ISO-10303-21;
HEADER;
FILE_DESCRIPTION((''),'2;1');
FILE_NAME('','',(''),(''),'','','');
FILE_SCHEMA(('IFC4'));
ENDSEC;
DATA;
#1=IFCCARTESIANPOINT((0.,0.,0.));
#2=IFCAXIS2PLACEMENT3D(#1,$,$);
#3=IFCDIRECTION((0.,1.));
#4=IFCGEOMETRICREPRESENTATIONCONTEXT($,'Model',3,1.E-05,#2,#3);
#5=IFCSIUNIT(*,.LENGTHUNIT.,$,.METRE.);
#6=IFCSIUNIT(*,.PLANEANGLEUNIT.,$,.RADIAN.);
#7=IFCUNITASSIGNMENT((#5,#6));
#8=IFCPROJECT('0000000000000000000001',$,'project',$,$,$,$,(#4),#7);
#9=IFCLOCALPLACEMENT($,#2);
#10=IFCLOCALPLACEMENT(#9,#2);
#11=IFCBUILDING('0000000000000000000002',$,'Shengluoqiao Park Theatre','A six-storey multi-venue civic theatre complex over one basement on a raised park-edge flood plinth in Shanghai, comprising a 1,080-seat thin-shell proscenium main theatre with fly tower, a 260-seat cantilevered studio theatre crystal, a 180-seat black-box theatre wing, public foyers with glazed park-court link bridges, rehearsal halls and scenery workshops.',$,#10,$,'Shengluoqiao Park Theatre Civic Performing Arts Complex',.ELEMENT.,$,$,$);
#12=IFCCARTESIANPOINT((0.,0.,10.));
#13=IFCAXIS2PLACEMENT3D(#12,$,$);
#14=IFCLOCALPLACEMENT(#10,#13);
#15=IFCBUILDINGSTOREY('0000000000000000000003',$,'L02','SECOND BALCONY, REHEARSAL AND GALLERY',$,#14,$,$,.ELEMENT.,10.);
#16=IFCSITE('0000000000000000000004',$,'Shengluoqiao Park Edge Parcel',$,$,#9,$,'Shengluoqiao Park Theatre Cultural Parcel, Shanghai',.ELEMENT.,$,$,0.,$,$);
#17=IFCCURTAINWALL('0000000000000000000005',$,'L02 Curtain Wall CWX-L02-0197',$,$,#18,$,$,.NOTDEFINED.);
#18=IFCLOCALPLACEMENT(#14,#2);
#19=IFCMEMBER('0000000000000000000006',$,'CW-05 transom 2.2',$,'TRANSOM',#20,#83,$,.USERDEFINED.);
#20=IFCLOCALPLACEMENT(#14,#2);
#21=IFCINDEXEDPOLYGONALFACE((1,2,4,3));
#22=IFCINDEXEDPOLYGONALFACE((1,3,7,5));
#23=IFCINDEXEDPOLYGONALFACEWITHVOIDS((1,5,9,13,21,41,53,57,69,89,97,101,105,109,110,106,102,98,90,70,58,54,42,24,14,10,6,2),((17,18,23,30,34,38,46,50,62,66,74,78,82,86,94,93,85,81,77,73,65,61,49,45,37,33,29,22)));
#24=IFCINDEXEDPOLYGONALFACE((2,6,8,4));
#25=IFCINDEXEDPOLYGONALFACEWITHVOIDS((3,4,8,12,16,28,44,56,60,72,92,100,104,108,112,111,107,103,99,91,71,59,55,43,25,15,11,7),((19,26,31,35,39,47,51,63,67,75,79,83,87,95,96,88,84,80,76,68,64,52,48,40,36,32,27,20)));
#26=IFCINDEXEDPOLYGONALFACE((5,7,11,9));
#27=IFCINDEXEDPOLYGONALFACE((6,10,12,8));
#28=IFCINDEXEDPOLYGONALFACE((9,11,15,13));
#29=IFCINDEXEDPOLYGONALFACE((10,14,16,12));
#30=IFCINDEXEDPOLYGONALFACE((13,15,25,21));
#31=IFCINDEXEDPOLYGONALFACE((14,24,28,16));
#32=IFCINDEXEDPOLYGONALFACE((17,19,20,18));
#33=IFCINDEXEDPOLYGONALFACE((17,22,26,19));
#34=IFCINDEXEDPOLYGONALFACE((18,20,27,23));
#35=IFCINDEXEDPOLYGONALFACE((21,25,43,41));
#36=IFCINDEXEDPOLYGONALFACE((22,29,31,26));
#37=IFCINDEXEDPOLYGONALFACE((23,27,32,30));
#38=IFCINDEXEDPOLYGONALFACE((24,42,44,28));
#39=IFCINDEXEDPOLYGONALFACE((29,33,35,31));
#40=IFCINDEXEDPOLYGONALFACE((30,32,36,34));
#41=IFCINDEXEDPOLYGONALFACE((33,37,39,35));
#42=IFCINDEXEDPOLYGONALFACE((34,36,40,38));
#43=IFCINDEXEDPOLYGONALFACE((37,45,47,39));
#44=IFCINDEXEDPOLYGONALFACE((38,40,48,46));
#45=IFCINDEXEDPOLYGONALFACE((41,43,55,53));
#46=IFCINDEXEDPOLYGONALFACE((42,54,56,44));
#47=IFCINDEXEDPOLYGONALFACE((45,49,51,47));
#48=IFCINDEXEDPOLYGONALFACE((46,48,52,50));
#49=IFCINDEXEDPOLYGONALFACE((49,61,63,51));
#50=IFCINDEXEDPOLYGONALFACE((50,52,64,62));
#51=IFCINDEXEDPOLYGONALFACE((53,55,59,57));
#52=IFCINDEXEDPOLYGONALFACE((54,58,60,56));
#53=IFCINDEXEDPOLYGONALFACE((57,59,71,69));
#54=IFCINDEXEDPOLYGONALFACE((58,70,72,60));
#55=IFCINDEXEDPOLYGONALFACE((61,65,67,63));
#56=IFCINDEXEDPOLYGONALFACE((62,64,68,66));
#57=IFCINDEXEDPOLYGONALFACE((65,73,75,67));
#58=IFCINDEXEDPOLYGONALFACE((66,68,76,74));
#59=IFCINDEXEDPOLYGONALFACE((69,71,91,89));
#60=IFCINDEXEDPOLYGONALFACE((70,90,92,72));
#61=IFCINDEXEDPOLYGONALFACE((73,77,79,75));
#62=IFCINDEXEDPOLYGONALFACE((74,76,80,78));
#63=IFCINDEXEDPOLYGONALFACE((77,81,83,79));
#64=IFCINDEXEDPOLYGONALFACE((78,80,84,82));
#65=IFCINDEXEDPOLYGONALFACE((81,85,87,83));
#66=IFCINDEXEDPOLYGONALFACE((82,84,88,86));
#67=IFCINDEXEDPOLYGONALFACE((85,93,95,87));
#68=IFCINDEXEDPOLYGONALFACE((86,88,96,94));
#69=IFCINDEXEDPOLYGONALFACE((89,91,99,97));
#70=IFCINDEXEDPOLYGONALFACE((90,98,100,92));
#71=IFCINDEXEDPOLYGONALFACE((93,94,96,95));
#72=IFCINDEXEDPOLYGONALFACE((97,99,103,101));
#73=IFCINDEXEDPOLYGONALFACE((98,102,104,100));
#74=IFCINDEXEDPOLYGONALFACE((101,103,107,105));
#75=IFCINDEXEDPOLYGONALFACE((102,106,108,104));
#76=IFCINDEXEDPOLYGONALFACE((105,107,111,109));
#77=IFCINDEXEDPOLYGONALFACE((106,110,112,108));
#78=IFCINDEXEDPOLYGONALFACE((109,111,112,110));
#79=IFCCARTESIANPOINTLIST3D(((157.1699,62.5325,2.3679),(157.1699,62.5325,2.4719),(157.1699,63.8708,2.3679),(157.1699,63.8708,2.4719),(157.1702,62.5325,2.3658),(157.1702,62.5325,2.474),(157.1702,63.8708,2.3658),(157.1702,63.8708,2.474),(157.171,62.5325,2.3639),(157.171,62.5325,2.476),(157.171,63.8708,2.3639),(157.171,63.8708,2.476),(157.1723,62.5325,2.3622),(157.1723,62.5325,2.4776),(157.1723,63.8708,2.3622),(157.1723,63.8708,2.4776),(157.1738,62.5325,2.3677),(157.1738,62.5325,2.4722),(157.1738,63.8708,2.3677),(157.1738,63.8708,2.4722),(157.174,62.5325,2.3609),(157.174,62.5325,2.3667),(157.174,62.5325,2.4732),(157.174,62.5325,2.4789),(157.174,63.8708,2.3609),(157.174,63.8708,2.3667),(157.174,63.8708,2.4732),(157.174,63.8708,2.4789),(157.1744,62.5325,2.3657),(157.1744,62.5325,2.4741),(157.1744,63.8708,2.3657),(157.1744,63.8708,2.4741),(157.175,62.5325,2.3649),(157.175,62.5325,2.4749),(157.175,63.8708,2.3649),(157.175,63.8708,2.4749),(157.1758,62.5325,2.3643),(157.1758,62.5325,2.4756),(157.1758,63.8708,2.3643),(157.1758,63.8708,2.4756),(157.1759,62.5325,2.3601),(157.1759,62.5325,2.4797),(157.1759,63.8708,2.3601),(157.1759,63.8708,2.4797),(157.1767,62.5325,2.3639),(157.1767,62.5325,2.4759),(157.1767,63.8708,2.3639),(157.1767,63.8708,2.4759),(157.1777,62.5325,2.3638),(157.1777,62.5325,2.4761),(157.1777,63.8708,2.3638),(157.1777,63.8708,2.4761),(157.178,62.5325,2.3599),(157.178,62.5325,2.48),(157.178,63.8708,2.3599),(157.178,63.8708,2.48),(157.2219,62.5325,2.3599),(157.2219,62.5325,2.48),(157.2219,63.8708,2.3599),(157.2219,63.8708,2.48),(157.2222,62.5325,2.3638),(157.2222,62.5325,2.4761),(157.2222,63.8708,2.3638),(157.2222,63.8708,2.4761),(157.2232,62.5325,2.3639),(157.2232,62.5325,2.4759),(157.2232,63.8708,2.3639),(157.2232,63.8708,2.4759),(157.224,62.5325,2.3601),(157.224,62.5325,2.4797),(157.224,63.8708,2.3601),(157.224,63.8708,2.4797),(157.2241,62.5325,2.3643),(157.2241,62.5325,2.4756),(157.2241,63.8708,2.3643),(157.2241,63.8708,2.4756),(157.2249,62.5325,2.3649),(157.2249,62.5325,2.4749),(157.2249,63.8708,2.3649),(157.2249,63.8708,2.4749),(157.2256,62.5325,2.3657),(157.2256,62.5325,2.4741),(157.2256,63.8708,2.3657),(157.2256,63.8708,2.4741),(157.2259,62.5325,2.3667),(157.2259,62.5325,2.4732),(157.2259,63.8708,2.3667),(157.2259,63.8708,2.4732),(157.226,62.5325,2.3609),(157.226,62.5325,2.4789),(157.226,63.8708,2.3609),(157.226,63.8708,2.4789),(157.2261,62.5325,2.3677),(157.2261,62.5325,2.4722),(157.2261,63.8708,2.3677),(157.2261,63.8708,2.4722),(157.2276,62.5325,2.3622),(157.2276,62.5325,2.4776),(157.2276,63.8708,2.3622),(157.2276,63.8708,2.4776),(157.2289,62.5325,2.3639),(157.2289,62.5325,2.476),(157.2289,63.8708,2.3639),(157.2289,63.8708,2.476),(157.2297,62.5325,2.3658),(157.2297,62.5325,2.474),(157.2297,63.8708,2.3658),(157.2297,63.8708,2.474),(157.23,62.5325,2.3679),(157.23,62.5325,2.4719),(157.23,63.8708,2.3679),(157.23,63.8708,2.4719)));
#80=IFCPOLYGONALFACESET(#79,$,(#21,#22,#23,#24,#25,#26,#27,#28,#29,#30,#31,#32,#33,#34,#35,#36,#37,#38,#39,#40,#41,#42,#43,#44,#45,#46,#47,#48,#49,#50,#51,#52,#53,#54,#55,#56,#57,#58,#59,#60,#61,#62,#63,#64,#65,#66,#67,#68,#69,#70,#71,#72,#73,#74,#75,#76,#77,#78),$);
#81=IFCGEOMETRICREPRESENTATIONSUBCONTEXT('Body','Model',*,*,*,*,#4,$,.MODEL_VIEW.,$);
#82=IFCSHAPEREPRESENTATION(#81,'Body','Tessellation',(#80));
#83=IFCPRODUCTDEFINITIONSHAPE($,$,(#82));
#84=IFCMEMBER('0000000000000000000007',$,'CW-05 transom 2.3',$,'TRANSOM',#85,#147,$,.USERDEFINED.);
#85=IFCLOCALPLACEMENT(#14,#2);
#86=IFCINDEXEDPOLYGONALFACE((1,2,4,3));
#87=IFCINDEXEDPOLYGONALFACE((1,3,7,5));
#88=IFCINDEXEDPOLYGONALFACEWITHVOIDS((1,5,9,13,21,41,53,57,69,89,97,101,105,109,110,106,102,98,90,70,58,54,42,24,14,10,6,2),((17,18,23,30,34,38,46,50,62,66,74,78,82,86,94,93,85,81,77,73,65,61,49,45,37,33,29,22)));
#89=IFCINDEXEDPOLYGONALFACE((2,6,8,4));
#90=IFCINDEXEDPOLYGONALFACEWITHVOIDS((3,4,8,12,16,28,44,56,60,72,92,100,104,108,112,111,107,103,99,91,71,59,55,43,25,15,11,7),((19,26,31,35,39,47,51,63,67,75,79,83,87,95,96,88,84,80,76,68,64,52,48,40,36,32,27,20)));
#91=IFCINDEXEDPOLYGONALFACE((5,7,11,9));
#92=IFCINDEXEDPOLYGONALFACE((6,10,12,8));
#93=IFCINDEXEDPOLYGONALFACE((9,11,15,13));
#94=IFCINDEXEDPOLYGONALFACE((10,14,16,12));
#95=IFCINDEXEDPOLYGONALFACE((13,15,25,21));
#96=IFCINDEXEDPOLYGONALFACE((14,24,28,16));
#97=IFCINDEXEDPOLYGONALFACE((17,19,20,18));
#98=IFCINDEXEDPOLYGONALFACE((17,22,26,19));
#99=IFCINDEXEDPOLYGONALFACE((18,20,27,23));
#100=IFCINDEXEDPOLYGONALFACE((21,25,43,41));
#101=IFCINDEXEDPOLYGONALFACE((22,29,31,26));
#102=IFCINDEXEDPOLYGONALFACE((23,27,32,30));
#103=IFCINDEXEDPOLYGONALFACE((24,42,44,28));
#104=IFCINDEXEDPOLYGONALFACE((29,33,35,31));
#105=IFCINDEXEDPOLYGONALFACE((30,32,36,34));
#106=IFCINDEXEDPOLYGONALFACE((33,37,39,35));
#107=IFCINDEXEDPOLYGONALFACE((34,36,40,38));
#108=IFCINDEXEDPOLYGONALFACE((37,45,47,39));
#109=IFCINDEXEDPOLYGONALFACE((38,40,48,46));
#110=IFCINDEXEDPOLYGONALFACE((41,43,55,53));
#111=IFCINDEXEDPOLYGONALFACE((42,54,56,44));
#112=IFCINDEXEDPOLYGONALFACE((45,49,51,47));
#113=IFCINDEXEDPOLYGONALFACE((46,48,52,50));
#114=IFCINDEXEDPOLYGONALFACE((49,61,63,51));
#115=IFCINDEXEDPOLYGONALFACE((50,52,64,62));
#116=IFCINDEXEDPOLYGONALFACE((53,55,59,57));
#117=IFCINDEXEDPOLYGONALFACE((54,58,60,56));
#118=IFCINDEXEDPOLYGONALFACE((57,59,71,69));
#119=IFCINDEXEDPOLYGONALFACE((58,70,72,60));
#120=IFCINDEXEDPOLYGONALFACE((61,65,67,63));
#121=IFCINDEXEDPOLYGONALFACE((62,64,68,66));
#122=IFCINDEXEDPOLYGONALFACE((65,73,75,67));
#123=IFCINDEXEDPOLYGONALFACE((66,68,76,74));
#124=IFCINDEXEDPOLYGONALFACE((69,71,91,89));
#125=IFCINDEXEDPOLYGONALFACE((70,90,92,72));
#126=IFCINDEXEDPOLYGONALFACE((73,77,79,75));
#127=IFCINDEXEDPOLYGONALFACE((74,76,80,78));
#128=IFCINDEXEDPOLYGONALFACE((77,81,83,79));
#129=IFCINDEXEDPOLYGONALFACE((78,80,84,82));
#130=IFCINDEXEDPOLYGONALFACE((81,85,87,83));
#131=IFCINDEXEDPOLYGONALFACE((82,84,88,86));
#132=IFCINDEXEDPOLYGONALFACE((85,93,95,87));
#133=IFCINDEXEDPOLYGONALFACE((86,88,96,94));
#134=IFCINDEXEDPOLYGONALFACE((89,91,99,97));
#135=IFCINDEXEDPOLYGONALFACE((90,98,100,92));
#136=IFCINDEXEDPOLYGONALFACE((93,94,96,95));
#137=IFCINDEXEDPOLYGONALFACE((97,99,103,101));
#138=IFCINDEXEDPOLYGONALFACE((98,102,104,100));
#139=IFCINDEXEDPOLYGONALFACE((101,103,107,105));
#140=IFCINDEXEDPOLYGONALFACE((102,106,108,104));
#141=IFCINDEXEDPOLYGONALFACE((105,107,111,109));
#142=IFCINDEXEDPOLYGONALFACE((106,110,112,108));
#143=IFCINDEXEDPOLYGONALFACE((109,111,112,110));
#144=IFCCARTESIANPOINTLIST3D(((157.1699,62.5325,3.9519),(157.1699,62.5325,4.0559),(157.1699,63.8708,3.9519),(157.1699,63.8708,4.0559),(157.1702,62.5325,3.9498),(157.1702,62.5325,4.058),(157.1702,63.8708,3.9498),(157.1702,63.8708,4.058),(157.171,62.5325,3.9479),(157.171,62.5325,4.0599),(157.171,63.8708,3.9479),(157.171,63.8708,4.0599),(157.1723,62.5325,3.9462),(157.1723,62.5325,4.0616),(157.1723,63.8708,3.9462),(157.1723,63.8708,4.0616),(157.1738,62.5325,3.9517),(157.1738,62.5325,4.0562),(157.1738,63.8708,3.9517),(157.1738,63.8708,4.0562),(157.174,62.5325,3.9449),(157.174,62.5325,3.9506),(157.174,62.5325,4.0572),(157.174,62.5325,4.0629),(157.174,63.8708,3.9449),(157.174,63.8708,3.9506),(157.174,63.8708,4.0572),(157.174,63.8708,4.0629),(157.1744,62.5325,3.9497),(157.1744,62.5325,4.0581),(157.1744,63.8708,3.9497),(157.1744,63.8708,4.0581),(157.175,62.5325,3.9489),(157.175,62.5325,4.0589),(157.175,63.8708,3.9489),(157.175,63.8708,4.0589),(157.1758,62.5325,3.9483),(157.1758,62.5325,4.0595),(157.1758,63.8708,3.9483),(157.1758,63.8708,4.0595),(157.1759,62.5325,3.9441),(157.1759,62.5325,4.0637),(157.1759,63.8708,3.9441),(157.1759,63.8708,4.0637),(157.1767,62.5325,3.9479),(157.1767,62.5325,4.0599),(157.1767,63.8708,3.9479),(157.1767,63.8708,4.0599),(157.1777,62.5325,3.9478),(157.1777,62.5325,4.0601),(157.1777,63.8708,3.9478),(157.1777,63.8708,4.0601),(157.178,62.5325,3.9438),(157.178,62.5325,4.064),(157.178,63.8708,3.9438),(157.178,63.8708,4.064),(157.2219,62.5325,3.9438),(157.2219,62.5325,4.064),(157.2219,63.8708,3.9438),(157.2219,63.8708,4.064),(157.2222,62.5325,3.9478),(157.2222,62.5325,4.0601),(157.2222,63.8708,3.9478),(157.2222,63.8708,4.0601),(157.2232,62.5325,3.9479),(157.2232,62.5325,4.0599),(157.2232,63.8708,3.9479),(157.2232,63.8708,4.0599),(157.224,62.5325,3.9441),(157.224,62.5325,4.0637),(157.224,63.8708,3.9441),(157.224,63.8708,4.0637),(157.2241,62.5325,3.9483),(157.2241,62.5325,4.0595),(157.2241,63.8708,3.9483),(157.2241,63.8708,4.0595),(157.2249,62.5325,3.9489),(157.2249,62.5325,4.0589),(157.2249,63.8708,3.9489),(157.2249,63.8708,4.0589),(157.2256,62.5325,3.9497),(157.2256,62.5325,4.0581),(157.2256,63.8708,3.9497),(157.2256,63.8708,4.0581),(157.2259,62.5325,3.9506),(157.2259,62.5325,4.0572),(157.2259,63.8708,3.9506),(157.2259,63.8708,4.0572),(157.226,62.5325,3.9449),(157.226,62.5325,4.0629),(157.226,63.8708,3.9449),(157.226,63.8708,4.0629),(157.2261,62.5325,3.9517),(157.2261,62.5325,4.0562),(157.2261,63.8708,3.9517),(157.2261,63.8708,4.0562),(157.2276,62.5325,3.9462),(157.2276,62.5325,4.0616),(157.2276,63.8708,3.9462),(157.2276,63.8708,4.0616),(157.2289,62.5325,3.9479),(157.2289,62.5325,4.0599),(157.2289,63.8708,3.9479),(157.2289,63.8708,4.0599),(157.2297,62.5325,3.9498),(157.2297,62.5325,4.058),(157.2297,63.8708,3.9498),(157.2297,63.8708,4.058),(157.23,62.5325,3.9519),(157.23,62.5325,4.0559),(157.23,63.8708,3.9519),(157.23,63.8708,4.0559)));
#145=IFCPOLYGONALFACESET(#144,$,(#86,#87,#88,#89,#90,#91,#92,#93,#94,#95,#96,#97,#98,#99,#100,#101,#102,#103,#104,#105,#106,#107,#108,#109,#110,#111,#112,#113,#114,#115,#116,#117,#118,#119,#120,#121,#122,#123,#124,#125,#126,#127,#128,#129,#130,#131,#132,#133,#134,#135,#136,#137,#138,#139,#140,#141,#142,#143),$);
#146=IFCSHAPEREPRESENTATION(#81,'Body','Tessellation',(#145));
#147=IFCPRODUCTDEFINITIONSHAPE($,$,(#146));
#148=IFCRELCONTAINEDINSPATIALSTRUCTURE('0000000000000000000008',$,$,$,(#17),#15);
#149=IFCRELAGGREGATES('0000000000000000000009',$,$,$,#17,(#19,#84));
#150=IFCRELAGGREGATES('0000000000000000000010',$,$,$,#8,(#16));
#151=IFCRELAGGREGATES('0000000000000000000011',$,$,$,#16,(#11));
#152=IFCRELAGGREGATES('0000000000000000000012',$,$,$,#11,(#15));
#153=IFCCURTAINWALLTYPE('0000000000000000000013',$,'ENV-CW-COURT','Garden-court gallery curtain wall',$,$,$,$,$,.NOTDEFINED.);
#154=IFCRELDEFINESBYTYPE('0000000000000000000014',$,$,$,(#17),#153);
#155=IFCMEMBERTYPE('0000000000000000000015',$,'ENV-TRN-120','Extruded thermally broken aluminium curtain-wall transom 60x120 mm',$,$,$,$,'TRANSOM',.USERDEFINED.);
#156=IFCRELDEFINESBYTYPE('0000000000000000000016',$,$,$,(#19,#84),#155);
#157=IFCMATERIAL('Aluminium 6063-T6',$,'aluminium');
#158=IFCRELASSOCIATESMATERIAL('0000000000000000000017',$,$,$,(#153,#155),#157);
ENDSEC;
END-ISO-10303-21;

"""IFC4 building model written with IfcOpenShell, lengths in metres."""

from ifc_helpers import new_model, si_unit, direction, frame, origin, origin_2d, place, context, subcontext, project, spatial, hollow_rectangle, extrude, material, material_profile, profile_set, type_object, element, aggregate, save


model = new_model("IFC4")

# Units and contexts
model_context = context("Model", 3, precision=1e-05, world=origin(), true_north=direction((0.0, 1.0)))
body_context = subcontext(model_context, "Body", "Model", "MODEL_VIEW")
ifc_project = project(units=[si_unit("LENGTHUNIT", "METRE"), si_unit("PLANEANGLEUNIT", "RADIAN")], contexts=[model_context])

# Site, building, storey
site_placement = place(None, origin())
site = spatial("IfcSite", under=ifc_project, at=site_placement, Name="Shengluoqiao Park Edge Parcel", LongName="Shengluoqiao Park Theatre Cultural Parcel, Shanghai", CompositionType="ELEMENT", RefElevation=0.0)
building_placement = place(site_placement, origin())
building = spatial("IfcBuilding", under=site, at=building_placement, Name="Shengluoqiao Park Theatre", Description="A six-storey multi-venue civic theatre complex over one basement on a raised park-edge flood plinth in Shanghai, comprising a 1,080-seat thin-shell proscenium main theatre with fly tower, a 260-seat cantilevered studio theatre crystal, a 180-seat black-box theatre wing, public foyers with glazed park-court link bridges, rehearsal halls and scenery workshops.", LongName="Shengluoqiao Park Theatre Civic Performing Arts Complex", CompositionType="ELEMENT")
storey_placement = place(building_placement, frame((0.0, 0.0, 10.0)))
storey = spatial("IfcBuildingStorey", under=building, at=storey_placement, Name="L02", Description="SECOND BALCONY, REHEARSAL AND GALLERY", CompositionType="ELEMENT", Elevation=10.0)

# Shared definitions
ifc_material_1 = material(Name="Aluminium 6063-T6", Category="aluminium")
curtain_wall_type = type_object("IfcCurtainWallType", Name="ENV-CW-COURT", Description="Garden-court gallery curtain wall", PredefinedType="NOTDEFINED", material=ifc_material_1)

# Curtain wall, members
curtain_wall_1_placement = place(storey_placement, origin())
curtain_wall_1 = element("IfcCurtainWall", 1, at=curtain_wall_1_placement, inside=storey, type_object=curtain_wall_type, Name="L02 Curtain Wall CWX-L02-0197", PredefinedType="NOTDEFINED")
ifc_material_profile_1 = material_profile(ifc_material_1, hollow_rectangle(XDim=0.0601, YDim=0.1201, WallThickness=0.0039, InnerFilletRadius=0.0039, OuterFilletRadius=0.0081, at=origin_2d()), Name="ALU TRANSOM 120x60x4")
ifc_profile_set_1 = profile_set([ifc_material_profile_1], Name="Aluminium 6063-T6")
member_type_1 = type_object("IfcMemberType", Name="ENV-TRN-120", Description="Extruded thermally broken aluminium curtain-wall transom 60x120 mm", ElementType="TRANSOM", PredefinedType="USERDEFINED", material=ifc_profile_set_1)
member_1_placement = place(storey_placement, frame((157.2, 62.5325, 2.4199), z_axis=(0.0, 1.0, 0.0), x_axis=(-1.0, 0.0, 0.0)))
member_1 = element("IfcMember", 2, at=member_1_placement, type_object=member_type_1, Name="CW-05 transom 2.2", ObjectType="TRANSOM", PredefinedType="USERDEFINED", context=body_context, shape_type="SweptSolid", body=[
    extrude(hollow_rectangle(XDim=0.0601, YDim=0.1201, WallThickness=0.0039, InnerFilletRadius=0.0039, OuterFilletRadius=0.0081, at=origin_2d()), origin(), (0.0, 0.0, 1.0), 1.3384),
])
member_2_placement = place(storey_placement, frame((157.2, 62.5325, 4.0039), z_axis=(0.0, 1.0, 0.0), x_axis=(-1.0, 0.0, 0.0)))
member_2 = element("IfcMember", 3, at=member_2_placement, type_object=member_type_1, Name="CW-05 transom 2.3", ObjectType="TRANSOM", PredefinedType="USERDEFINED", context=body_context, shape_type="SweptSolid", body=[
    extrude(hollow_rectangle(XDim=0.0601, YDim=0.1201, WallThickness=0.0039, InnerFilletRadius=0.0039, OuterFilletRadius=0.0081, at=origin_2d()), origin(), (0.0, 0.0, 1.0), 1.3384),
])

aggregate(curtain_wall_1, [member_1, member_2])

save(model, "model.ifc")
